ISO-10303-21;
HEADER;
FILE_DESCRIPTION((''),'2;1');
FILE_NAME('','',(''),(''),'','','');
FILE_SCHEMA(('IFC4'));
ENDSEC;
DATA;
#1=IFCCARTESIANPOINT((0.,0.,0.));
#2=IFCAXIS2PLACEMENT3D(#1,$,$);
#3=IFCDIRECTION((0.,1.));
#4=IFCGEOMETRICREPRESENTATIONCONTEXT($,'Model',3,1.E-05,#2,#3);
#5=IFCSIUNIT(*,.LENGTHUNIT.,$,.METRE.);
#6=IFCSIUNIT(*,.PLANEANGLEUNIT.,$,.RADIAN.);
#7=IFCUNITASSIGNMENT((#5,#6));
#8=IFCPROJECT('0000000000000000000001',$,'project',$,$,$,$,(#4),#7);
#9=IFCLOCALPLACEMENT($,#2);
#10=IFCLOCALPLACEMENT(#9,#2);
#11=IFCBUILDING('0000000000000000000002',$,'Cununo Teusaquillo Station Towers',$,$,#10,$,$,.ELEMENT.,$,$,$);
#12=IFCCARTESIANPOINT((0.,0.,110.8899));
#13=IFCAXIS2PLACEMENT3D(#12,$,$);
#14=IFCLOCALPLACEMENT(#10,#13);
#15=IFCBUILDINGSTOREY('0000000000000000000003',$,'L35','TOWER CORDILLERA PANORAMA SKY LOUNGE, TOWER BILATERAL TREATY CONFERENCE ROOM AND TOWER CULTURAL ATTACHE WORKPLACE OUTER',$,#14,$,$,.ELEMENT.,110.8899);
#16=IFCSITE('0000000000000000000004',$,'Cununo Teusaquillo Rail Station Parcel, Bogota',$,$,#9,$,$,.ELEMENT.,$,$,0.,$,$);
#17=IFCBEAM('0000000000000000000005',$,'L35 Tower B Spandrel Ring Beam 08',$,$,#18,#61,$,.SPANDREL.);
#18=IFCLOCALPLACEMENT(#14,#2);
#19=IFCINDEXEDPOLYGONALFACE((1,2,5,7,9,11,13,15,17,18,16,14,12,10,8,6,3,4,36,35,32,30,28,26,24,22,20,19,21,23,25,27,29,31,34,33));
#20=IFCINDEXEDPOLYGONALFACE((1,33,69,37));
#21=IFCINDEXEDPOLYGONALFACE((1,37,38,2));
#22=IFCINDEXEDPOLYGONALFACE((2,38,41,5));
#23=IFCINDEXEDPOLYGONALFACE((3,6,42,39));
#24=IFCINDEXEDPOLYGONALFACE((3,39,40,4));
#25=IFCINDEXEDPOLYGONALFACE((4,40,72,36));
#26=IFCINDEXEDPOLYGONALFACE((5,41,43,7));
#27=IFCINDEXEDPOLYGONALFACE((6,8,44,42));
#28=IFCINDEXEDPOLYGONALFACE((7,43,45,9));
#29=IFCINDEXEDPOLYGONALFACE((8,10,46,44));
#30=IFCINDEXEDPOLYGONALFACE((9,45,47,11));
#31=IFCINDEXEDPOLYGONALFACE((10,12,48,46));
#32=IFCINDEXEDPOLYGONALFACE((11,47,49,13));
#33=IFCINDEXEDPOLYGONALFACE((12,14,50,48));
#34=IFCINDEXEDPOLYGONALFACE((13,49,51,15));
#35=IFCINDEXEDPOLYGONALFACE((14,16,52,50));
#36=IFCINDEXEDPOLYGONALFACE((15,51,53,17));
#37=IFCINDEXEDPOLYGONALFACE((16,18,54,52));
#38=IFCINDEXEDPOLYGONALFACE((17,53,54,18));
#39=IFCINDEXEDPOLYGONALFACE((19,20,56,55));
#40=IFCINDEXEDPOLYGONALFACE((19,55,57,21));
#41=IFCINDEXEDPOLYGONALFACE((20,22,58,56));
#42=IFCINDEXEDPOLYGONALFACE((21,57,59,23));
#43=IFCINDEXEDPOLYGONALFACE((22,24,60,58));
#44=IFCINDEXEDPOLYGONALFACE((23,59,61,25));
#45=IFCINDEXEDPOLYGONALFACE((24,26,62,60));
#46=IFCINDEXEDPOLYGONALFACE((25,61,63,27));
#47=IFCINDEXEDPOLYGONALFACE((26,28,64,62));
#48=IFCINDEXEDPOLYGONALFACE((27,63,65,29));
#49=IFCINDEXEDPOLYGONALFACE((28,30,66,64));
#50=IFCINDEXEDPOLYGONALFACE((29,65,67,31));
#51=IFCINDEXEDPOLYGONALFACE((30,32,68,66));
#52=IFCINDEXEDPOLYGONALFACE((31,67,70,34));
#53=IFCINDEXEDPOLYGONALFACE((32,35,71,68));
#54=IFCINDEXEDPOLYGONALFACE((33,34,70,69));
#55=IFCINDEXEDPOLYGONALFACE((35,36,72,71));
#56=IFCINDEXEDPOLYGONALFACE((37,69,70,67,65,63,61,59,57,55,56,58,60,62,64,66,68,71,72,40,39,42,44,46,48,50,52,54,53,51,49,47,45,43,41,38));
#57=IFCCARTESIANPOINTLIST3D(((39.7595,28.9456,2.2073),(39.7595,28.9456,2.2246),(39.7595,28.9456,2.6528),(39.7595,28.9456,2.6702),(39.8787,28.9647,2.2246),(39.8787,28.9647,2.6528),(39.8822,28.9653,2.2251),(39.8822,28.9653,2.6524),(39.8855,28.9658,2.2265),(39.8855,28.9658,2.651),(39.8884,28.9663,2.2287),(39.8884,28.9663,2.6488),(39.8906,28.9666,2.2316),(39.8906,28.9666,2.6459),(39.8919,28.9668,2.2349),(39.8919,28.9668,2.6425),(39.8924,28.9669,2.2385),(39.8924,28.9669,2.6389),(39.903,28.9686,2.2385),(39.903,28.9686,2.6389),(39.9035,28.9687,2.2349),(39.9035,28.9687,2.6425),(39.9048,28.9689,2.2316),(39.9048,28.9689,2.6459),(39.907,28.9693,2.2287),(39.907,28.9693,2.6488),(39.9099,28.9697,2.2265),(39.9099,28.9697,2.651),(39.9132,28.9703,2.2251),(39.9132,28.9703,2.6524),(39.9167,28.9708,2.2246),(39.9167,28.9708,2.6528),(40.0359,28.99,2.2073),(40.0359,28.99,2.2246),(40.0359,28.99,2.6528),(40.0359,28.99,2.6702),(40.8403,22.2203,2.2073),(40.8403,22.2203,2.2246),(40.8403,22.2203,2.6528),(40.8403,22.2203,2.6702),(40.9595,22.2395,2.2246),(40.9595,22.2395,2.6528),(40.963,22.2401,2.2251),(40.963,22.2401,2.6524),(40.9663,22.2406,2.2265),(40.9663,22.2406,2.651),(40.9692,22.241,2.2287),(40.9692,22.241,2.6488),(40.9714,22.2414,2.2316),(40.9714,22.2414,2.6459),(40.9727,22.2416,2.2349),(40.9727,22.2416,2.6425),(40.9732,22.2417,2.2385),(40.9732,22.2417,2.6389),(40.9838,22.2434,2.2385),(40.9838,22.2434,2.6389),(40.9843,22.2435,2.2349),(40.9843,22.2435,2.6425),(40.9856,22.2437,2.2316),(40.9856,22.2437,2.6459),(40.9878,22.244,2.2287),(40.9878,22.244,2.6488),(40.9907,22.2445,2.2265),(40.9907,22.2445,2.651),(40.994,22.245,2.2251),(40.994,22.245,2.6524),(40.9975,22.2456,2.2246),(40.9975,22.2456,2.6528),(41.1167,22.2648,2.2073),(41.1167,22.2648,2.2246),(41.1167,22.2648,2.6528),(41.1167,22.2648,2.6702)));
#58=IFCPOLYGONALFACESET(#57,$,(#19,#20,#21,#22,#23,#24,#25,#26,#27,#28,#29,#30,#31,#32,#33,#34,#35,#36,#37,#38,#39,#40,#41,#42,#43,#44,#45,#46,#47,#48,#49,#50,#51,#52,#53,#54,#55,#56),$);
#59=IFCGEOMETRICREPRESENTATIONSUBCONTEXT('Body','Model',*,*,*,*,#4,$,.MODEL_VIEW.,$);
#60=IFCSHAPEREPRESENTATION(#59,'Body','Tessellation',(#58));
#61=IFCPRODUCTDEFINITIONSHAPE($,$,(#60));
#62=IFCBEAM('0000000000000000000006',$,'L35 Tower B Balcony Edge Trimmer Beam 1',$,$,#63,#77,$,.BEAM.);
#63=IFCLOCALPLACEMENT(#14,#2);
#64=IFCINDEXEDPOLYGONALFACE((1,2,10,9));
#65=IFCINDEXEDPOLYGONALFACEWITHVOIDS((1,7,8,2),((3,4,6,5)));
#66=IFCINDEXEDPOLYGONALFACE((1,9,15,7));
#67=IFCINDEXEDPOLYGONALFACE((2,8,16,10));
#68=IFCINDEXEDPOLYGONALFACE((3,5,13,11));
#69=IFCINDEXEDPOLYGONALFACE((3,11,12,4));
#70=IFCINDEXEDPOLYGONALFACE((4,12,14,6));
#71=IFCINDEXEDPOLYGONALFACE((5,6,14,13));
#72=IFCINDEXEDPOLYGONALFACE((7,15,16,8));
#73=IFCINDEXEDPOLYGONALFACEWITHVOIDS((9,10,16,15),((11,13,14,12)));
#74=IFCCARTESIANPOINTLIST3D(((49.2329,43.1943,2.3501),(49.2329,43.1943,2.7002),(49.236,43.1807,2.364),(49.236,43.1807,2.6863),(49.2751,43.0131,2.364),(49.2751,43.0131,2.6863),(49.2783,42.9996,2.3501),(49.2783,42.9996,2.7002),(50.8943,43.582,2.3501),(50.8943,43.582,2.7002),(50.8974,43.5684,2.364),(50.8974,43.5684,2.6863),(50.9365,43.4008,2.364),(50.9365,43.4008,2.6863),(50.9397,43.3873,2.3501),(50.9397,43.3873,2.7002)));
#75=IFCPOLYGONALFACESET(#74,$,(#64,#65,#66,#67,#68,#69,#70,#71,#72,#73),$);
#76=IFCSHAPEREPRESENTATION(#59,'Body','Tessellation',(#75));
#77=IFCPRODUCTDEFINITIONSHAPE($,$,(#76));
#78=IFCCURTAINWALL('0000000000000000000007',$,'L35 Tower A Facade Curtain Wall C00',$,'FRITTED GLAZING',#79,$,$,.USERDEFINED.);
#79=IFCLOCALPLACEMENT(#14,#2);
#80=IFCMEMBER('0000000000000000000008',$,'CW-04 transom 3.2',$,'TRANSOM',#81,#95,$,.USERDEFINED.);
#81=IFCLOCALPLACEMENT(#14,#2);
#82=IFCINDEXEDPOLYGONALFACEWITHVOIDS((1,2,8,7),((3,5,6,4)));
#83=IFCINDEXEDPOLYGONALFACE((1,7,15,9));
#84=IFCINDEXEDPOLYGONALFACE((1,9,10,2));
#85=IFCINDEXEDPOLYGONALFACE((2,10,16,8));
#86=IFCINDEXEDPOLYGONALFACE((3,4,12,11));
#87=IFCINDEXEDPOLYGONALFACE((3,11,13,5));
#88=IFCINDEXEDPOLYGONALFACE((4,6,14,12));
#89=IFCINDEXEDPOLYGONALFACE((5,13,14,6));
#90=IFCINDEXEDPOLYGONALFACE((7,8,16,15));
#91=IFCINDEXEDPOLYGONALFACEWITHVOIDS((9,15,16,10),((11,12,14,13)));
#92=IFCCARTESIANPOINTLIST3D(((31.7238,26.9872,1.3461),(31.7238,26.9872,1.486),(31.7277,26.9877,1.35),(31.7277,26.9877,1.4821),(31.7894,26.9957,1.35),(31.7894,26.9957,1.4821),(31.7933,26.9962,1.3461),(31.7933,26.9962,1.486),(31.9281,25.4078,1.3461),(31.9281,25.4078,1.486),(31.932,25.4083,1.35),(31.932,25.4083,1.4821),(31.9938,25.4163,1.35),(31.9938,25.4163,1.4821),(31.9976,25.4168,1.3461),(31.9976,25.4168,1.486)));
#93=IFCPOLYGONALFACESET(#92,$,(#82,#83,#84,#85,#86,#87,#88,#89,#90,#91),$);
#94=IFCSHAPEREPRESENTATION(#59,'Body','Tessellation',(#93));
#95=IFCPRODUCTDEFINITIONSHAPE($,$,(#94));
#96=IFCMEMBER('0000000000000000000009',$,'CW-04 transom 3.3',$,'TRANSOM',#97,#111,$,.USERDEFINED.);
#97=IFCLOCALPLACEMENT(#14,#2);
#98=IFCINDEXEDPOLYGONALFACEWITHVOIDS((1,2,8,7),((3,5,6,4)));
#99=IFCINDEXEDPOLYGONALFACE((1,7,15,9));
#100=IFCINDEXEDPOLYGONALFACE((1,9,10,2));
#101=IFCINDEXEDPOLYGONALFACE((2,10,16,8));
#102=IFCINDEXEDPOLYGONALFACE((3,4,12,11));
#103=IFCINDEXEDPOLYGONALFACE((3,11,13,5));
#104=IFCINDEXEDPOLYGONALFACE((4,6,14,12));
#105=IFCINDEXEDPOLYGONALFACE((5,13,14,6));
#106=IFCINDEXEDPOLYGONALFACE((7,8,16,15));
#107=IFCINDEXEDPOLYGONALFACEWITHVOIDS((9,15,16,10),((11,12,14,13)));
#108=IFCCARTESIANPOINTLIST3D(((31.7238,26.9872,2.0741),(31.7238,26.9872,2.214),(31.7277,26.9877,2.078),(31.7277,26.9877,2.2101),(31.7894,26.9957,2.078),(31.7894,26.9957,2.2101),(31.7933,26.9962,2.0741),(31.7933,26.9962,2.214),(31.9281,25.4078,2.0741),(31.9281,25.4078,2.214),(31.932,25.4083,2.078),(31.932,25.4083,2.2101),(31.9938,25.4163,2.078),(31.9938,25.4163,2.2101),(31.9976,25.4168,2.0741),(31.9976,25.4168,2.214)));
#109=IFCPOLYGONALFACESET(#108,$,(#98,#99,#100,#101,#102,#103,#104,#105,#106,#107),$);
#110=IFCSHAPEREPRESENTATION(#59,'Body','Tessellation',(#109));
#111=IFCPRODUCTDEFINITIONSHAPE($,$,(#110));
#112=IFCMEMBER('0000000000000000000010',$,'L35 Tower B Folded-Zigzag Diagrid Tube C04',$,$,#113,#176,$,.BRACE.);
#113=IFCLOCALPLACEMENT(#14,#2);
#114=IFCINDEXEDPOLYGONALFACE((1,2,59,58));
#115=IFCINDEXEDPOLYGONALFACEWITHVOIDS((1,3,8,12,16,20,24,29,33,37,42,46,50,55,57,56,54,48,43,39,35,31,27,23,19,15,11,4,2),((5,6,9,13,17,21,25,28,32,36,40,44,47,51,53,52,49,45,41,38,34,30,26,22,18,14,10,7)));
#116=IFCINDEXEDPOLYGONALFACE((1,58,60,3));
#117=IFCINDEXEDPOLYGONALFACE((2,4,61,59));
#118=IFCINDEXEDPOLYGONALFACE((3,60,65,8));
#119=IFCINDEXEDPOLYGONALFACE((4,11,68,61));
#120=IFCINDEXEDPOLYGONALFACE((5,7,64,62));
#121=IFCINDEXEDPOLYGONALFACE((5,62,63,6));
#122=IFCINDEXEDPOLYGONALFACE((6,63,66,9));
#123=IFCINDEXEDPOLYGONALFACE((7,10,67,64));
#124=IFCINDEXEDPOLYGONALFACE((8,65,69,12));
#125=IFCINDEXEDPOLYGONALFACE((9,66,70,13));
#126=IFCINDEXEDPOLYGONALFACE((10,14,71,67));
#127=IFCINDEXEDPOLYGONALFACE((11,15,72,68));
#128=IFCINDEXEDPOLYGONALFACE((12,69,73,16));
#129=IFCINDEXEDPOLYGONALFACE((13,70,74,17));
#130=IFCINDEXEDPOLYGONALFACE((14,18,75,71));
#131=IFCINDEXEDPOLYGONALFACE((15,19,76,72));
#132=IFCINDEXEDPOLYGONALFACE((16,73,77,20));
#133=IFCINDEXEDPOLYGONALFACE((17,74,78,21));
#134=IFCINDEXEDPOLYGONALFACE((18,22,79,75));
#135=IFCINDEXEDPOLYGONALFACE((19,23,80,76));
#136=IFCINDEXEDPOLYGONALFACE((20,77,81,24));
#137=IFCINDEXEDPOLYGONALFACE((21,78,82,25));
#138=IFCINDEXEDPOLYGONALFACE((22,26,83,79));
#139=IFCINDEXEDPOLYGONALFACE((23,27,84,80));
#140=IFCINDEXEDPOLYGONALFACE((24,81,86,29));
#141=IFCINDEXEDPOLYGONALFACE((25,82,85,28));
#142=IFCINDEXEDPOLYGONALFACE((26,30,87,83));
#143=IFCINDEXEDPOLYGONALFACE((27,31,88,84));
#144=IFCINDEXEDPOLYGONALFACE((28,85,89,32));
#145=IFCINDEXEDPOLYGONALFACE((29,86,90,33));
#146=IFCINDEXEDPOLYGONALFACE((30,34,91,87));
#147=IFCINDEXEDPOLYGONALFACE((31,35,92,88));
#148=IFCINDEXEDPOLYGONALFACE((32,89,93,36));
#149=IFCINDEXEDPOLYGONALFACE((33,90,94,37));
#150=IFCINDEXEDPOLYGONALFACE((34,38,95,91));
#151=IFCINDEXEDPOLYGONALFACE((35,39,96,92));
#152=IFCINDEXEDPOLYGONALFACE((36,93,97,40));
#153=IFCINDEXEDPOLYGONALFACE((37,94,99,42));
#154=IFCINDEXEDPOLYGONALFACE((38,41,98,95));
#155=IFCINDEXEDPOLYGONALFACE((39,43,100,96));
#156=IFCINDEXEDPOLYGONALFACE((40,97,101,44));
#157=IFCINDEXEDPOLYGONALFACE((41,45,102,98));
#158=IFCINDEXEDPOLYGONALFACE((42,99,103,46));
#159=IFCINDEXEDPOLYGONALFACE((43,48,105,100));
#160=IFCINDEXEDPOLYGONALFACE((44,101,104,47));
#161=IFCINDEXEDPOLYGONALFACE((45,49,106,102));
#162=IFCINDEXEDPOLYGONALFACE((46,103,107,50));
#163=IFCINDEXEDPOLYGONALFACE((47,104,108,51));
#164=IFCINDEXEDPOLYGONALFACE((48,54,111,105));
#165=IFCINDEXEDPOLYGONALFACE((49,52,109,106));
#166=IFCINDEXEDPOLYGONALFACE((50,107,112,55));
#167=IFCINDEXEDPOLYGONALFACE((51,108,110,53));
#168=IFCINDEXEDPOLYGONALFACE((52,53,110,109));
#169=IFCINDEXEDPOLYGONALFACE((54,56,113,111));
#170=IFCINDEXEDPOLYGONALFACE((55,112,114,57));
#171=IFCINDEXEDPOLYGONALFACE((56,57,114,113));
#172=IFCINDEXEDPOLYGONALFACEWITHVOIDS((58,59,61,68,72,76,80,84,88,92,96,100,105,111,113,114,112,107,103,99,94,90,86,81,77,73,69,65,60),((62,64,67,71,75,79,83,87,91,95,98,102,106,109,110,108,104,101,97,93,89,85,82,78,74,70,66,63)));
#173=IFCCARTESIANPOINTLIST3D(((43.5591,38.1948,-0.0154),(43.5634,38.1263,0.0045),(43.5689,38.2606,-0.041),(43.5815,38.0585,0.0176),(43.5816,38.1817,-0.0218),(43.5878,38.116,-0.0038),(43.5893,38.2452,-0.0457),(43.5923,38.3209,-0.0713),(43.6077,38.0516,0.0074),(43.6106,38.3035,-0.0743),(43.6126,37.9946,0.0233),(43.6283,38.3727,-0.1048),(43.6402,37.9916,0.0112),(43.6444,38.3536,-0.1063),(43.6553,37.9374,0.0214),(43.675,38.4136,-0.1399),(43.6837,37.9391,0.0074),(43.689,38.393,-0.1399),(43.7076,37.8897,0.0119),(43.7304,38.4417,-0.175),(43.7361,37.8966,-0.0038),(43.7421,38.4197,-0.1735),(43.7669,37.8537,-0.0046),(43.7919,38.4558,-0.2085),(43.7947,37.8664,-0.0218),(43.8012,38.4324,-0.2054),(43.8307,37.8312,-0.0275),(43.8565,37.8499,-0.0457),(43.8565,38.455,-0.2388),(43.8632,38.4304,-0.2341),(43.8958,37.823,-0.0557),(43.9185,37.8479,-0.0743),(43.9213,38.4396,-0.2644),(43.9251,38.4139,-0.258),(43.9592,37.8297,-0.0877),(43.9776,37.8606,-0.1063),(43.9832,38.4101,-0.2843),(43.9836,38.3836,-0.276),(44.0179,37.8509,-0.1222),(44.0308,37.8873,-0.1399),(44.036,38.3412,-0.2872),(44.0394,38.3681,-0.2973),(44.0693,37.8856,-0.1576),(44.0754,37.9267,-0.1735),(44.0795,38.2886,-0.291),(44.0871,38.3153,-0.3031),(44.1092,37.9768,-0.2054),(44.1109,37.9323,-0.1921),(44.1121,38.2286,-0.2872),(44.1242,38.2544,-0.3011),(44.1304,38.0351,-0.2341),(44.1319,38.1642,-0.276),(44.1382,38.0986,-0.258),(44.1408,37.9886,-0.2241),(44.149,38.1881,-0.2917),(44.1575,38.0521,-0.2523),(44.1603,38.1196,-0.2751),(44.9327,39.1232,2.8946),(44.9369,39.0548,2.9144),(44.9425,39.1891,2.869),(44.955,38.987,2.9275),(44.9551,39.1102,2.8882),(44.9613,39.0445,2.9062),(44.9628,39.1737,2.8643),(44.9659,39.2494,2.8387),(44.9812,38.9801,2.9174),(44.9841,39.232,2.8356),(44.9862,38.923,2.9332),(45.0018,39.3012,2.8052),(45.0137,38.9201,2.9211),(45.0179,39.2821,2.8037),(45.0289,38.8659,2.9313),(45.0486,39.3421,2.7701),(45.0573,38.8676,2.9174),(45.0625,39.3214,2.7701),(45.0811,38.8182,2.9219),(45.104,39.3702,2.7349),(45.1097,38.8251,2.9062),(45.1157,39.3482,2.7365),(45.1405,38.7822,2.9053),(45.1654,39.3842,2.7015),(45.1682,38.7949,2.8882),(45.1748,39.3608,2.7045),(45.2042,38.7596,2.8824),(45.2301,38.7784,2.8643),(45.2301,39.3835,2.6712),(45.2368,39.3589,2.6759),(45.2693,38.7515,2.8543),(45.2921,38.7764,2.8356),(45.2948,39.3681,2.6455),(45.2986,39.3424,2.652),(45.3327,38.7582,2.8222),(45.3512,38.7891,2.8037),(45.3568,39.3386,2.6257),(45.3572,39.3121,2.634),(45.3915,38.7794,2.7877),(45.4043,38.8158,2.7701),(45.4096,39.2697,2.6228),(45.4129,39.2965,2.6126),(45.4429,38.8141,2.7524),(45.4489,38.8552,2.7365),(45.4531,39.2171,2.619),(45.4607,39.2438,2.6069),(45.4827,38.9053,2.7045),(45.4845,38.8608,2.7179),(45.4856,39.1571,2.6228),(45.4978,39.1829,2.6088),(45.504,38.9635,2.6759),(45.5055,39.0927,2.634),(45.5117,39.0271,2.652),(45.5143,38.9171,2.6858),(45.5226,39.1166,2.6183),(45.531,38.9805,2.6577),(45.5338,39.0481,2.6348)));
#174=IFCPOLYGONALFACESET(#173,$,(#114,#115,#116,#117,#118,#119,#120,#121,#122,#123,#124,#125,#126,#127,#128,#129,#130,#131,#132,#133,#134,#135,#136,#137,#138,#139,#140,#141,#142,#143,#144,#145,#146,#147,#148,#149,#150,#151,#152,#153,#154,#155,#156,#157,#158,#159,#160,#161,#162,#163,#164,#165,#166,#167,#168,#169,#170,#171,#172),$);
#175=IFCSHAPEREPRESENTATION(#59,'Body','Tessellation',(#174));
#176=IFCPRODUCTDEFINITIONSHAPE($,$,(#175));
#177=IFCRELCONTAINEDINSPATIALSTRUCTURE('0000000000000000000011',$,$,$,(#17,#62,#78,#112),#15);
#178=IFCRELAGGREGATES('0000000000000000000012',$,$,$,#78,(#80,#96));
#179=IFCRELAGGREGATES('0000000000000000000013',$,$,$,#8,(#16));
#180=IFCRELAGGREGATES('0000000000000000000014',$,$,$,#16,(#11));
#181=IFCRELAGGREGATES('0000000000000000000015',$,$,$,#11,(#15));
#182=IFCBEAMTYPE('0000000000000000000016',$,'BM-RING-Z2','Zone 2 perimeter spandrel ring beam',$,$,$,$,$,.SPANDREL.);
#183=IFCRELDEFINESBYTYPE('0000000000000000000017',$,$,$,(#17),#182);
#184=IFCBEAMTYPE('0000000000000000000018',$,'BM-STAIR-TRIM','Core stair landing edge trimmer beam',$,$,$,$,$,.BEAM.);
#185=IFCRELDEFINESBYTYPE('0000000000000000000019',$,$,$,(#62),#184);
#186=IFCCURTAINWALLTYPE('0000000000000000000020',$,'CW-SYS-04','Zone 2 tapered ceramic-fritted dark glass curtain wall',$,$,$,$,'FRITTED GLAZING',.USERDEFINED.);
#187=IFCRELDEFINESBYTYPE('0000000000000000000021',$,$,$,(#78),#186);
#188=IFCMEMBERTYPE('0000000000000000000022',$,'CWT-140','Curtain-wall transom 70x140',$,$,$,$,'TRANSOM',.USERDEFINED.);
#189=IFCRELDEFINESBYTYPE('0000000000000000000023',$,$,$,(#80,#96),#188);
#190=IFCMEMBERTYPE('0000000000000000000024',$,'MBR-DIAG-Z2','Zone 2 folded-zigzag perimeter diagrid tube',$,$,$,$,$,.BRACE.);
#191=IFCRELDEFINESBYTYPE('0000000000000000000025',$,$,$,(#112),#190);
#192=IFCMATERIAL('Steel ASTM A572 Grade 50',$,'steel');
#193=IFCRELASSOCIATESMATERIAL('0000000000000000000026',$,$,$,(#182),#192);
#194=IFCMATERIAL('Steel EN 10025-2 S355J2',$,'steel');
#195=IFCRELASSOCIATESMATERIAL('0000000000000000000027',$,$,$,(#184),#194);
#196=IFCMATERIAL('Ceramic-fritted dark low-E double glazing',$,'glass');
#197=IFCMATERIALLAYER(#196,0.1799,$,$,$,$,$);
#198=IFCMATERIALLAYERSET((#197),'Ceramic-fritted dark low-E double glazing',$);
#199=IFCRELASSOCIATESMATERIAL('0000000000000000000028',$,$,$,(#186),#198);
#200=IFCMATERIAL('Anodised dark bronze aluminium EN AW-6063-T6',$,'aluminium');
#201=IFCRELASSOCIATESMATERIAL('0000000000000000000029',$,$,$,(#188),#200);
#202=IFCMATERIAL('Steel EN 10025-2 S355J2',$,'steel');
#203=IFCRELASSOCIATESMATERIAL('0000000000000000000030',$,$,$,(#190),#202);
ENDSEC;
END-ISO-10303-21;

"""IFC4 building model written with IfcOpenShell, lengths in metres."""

from ifc_helpers import new_model, si_unit, direction, frame, origin, origin_2d, place, context, subcontext, project, spatial, hollow_rectangle, hollow_circle, i_section, extrude, material, layer, layer_set, material_profile, profile_set, type_object, element, aggregate, save


model = new_model("IFC4")

# Units and contexts
model_context = context("Model", 3, precision=1e-05, world=origin(), true_north=direction((0.0, 1.0)))
body_context = subcontext(model_context, "Body", "Model", "MODEL_VIEW")
ifc_project = project(units=[si_unit("LENGTHUNIT", "METRE"), si_unit("PLANEANGLEUNIT", "RADIAN")], contexts=[model_context])

# Site, building, storey
site_placement = place(None, origin())
site = spatial("IfcSite", under=ifc_project, at=site_placement, Name="Cununo Teusaquillo Rail Station Parcel, Bogota", CompositionType="ELEMENT", RefElevation=0.0)
building_placement = place(site_placement, origin())
building = spatial("IfcBuilding", under=site, at=building_placement, Name="Cununo Teusaquillo Station Towers", CompositionType="ELEMENT")
storey_placement = place(building_placement, frame((0.0, 0.0, 110.8899)))
storey = spatial("IfcBuildingStorey", under=building, at=storey_placement, Name="L35", Description="TOWER CORDILLERA PANORAMA SKY LOUNGE, TOWER BILATERAL TREATY CONFERENCE ROOM AND TOWER CULTURAL ATTACHE WORKPLACE OUTER", CompositionType="ELEMENT", Elevation=110.8899)

# Beams
ifc_material_1 = material(Name="Steel ASTM A572 Grade 50", Category="steel")
ifc_material_profile_1 = material_profile(ifc_material_1, i_section(OverallWidth=0.28, OverallDepth=0.4629, WebThickness=0.0107, FlangeThickness=0.0173, FilletRadius=0.0139, at=origin_2d()), Name="W18X76")
ifc_profile_set_1 = profile_set([ifc_material_profile_1], Name="Steel ASTM A572 Grade 50")
beam_type_1 = type_object("IfcBeamType", Name="BM-RING-Z2", Description="Zone 2 perimeter spandrel ring beam", PredefinedType="SPANDREL", material=ifc_profile_set_1)
beam_1_placement = place(storey_placement, frame((39.8977, 28.9678, 2.4387), z_axis=(0.158671, -0.987331, 0.0), x_axis=(0.987331, 0.158671, 0.0)))
element("IfcBeam", 1, at=beam_1_placement, inside=storey, type_object=beam_type_1, Name="L35 Tower B Spandrel Ring Beam 08", PredefinedType="SPANDREL", context=body_context, shape_type="SweptSolid", body=[
    extrude(i_section(OverallWidth=0.28, OverallDepth=0.4629, WebThickness=0.0107, FlangeThickness=0.0173, FilletRadius=0.0139, at=origin_2d()), origin(), (0.0, 0.0, 1.0), 6.8115),
])
ifc_material_2 = material(Name="Steel EN 10025-2 S355J2", Category="steel")
ifc_material_profile_2 = material_profile(ifc_material_2, hollow_rectangle(XDim=0.2, YDim=0.3501, WallThickness=0.0139, at=origin_2d()), Name="RHS 350x200x14")
ifc_profile_set_2 = profile_set([ifc_material_profile_2], Name="Steel EN 10025-2 S355J2")
beam_type_2 = type_object("IfcBeamType", Name="BM-STAIR-TRIM", Description="Core stair landing edge trimmer beam", PredefinedType="BEAM", material=ifc_profile_set_2)
beam_2_placement = place(storey_placement, frame((50.917, 43.4846, 2.5251), z_axis=(-0.973836, -0.227252, 0.0), x_axis=(0.227252, -0.973836, 0.0)))
element("IfcBeam", 2, at=beam_2_placement, inside=storey, type_object=beam_type_2, Name="L35 Tower B Balcony Edge Trimmer Beam 1", PredefinedType="BEAM", context=body_context, shape_type="SweptSolid", body=[
    extrude(hollow_rectangle(XDim=0.2, YDim=0.3501, WallThickness=0.0139, at=origin_2d()), origin(), (0.0, 0.0, 1.0), 1.7061),
])

# Curtain wall, members
ifc_material_3 = material(Name="Ceramic-fritted dark low-E double glazing", Category="glass")
ifc_layer_1 = layer(ifc_material_3, 0.1799)
ifc_layer_set_1 = layer_set([ifc_layer_1], Name="Ceramic-fritted dark low-E double glazing")
curtain_wall_type = type_object("IfcCurtainWallType", Name="CW-SYS-04", Description="Zone 2 tapered ceramic-fritted dark glass curtain wall", ElementType="FRITTED GLAZING", PredefinedType="USERDEFINED", material=ifc_layer_set_1)
curtain_wall_placement = place(storey_placement, origin())
curtain_wall = element("IfcCurtainWall", 3, at=curtain_wall_placement, inside=storey, type_object=curtain_wall_type, Name="L35 Tower A Facade Curtain Wall C00", ObjectType="FRITTED GLAZING", PredefinedType="USERDEFINED")
ifc_material_4 = material(Name="Anodised dark bronze aluminium EN AW-6063-T6", Category="aluminium")
ifc_material_profile_3 = material_profile(ifc_material_4, hollow_rectangle(XDim=0.0701, YDim=0.1399, WallThickness=0.0039, at=origin_2d()), Name="CW-TRAN-70x140")
ifc_profile_set_3 = profile_set([ifc_material_profile_3], Name="Anodised dark bronze aluminium EN AW-6063-T6")
member_type_1 = type_object("IfcMemberType", Name="CWT-140", Description="Curtain-wall transom 70x140", ElementType="TRANSOM", PredefinedType="USERDEFINED", material=ifc_profile_set_3)
member_1_placement = place(storey_placement, frame((31.7585, 26.9917, 1.416), z_axis=(0.128317, -0.991733, 0.0), x_axis=(0.991733, 0.128317, 0.0)))
member_1 = element("IfcMember", 4, at=member_1_placement, type_object=member_type_1, Name="CW-04 transom 3.2", ObjectType="TRANSOM", PredefinedType="USERDEFINED", context=body_context, shape_type="SweptSolid", body=[
    extrude(hollow_rectangle(XDim=0.0701, YDim=0.1399, WallThickness=0.0039, at=origin_2d()), origin(), (0.0, 0.0, 1.0), 1.5925),
])
member_2_placement = place(storey_placement, frame((31.7585, 26.9917, 2.144), z_axis=(0.128317, -0.991733, 0.0), x_axis=(0.991733, 0.128317, 0.0)))
member_2 = element("IfcMember", 5, at=member_2_placement, type_object=member_type_1, Name="CW-04 transom 3.3", ObjectType="TRANSOM", PredefinedType="USERDEFINED", context=body_context, shape_type="SweptSolid", body=[
    extrude(hollow_rectangle(XDim=0.0701, YDim=0.1399, WallThickness=0.0039, at=origin_2d()), origin(), (0.0, 0.0, 1.0), 1.5925),
])

# Member
ifc_material_5 = material(Name="Steel EN 10025-2 S355J2", Category="steel")
ifc_material_profile_4 = material_profile(ifc_material_5, hollow_circle(Radius=0.3301, WallThickness=0.0249, at=origin_2d()), Name="CHS 660x25")
ifc_profile_set_4 = profile_set([ifc_material_profile_4], Name="Steel EN 10025-2 S355J2")
member_type_2 = type_object("IfcMemberType", Name="MBR-DIAG-Z2", Description="Zone 2 folded-zigzag perimeter diagrid tube", PredefinedType="BRACE", material=ifc_profile_set_4)
member_3_placement = place(storey_placement, frame((43.8599, 38.1401, -0.1399), z_axis=(0.410125, 0.277232, 0.868873), x_axis=(-0.560024, 0.828476, 0.0)))
element("IfcMember", 6, at=member_3_placement, inside=storey, type_object=member_type_2, Name="L35 Tower B Folded-Zigzag Diagrid Tube C04", PredefinedType="BRACE", context=body_context, shape_type="SweptSolid", body=[
    extrude(hollow_circle(Radius=0.3301, WallThickness=0.0249, at=origin_2d()), origin(), (0.0, 0.0, 1.0), 3.3491),
])

aggregate(curtain_wall, [member_1, member_2])

save(model, "model.ifc")
